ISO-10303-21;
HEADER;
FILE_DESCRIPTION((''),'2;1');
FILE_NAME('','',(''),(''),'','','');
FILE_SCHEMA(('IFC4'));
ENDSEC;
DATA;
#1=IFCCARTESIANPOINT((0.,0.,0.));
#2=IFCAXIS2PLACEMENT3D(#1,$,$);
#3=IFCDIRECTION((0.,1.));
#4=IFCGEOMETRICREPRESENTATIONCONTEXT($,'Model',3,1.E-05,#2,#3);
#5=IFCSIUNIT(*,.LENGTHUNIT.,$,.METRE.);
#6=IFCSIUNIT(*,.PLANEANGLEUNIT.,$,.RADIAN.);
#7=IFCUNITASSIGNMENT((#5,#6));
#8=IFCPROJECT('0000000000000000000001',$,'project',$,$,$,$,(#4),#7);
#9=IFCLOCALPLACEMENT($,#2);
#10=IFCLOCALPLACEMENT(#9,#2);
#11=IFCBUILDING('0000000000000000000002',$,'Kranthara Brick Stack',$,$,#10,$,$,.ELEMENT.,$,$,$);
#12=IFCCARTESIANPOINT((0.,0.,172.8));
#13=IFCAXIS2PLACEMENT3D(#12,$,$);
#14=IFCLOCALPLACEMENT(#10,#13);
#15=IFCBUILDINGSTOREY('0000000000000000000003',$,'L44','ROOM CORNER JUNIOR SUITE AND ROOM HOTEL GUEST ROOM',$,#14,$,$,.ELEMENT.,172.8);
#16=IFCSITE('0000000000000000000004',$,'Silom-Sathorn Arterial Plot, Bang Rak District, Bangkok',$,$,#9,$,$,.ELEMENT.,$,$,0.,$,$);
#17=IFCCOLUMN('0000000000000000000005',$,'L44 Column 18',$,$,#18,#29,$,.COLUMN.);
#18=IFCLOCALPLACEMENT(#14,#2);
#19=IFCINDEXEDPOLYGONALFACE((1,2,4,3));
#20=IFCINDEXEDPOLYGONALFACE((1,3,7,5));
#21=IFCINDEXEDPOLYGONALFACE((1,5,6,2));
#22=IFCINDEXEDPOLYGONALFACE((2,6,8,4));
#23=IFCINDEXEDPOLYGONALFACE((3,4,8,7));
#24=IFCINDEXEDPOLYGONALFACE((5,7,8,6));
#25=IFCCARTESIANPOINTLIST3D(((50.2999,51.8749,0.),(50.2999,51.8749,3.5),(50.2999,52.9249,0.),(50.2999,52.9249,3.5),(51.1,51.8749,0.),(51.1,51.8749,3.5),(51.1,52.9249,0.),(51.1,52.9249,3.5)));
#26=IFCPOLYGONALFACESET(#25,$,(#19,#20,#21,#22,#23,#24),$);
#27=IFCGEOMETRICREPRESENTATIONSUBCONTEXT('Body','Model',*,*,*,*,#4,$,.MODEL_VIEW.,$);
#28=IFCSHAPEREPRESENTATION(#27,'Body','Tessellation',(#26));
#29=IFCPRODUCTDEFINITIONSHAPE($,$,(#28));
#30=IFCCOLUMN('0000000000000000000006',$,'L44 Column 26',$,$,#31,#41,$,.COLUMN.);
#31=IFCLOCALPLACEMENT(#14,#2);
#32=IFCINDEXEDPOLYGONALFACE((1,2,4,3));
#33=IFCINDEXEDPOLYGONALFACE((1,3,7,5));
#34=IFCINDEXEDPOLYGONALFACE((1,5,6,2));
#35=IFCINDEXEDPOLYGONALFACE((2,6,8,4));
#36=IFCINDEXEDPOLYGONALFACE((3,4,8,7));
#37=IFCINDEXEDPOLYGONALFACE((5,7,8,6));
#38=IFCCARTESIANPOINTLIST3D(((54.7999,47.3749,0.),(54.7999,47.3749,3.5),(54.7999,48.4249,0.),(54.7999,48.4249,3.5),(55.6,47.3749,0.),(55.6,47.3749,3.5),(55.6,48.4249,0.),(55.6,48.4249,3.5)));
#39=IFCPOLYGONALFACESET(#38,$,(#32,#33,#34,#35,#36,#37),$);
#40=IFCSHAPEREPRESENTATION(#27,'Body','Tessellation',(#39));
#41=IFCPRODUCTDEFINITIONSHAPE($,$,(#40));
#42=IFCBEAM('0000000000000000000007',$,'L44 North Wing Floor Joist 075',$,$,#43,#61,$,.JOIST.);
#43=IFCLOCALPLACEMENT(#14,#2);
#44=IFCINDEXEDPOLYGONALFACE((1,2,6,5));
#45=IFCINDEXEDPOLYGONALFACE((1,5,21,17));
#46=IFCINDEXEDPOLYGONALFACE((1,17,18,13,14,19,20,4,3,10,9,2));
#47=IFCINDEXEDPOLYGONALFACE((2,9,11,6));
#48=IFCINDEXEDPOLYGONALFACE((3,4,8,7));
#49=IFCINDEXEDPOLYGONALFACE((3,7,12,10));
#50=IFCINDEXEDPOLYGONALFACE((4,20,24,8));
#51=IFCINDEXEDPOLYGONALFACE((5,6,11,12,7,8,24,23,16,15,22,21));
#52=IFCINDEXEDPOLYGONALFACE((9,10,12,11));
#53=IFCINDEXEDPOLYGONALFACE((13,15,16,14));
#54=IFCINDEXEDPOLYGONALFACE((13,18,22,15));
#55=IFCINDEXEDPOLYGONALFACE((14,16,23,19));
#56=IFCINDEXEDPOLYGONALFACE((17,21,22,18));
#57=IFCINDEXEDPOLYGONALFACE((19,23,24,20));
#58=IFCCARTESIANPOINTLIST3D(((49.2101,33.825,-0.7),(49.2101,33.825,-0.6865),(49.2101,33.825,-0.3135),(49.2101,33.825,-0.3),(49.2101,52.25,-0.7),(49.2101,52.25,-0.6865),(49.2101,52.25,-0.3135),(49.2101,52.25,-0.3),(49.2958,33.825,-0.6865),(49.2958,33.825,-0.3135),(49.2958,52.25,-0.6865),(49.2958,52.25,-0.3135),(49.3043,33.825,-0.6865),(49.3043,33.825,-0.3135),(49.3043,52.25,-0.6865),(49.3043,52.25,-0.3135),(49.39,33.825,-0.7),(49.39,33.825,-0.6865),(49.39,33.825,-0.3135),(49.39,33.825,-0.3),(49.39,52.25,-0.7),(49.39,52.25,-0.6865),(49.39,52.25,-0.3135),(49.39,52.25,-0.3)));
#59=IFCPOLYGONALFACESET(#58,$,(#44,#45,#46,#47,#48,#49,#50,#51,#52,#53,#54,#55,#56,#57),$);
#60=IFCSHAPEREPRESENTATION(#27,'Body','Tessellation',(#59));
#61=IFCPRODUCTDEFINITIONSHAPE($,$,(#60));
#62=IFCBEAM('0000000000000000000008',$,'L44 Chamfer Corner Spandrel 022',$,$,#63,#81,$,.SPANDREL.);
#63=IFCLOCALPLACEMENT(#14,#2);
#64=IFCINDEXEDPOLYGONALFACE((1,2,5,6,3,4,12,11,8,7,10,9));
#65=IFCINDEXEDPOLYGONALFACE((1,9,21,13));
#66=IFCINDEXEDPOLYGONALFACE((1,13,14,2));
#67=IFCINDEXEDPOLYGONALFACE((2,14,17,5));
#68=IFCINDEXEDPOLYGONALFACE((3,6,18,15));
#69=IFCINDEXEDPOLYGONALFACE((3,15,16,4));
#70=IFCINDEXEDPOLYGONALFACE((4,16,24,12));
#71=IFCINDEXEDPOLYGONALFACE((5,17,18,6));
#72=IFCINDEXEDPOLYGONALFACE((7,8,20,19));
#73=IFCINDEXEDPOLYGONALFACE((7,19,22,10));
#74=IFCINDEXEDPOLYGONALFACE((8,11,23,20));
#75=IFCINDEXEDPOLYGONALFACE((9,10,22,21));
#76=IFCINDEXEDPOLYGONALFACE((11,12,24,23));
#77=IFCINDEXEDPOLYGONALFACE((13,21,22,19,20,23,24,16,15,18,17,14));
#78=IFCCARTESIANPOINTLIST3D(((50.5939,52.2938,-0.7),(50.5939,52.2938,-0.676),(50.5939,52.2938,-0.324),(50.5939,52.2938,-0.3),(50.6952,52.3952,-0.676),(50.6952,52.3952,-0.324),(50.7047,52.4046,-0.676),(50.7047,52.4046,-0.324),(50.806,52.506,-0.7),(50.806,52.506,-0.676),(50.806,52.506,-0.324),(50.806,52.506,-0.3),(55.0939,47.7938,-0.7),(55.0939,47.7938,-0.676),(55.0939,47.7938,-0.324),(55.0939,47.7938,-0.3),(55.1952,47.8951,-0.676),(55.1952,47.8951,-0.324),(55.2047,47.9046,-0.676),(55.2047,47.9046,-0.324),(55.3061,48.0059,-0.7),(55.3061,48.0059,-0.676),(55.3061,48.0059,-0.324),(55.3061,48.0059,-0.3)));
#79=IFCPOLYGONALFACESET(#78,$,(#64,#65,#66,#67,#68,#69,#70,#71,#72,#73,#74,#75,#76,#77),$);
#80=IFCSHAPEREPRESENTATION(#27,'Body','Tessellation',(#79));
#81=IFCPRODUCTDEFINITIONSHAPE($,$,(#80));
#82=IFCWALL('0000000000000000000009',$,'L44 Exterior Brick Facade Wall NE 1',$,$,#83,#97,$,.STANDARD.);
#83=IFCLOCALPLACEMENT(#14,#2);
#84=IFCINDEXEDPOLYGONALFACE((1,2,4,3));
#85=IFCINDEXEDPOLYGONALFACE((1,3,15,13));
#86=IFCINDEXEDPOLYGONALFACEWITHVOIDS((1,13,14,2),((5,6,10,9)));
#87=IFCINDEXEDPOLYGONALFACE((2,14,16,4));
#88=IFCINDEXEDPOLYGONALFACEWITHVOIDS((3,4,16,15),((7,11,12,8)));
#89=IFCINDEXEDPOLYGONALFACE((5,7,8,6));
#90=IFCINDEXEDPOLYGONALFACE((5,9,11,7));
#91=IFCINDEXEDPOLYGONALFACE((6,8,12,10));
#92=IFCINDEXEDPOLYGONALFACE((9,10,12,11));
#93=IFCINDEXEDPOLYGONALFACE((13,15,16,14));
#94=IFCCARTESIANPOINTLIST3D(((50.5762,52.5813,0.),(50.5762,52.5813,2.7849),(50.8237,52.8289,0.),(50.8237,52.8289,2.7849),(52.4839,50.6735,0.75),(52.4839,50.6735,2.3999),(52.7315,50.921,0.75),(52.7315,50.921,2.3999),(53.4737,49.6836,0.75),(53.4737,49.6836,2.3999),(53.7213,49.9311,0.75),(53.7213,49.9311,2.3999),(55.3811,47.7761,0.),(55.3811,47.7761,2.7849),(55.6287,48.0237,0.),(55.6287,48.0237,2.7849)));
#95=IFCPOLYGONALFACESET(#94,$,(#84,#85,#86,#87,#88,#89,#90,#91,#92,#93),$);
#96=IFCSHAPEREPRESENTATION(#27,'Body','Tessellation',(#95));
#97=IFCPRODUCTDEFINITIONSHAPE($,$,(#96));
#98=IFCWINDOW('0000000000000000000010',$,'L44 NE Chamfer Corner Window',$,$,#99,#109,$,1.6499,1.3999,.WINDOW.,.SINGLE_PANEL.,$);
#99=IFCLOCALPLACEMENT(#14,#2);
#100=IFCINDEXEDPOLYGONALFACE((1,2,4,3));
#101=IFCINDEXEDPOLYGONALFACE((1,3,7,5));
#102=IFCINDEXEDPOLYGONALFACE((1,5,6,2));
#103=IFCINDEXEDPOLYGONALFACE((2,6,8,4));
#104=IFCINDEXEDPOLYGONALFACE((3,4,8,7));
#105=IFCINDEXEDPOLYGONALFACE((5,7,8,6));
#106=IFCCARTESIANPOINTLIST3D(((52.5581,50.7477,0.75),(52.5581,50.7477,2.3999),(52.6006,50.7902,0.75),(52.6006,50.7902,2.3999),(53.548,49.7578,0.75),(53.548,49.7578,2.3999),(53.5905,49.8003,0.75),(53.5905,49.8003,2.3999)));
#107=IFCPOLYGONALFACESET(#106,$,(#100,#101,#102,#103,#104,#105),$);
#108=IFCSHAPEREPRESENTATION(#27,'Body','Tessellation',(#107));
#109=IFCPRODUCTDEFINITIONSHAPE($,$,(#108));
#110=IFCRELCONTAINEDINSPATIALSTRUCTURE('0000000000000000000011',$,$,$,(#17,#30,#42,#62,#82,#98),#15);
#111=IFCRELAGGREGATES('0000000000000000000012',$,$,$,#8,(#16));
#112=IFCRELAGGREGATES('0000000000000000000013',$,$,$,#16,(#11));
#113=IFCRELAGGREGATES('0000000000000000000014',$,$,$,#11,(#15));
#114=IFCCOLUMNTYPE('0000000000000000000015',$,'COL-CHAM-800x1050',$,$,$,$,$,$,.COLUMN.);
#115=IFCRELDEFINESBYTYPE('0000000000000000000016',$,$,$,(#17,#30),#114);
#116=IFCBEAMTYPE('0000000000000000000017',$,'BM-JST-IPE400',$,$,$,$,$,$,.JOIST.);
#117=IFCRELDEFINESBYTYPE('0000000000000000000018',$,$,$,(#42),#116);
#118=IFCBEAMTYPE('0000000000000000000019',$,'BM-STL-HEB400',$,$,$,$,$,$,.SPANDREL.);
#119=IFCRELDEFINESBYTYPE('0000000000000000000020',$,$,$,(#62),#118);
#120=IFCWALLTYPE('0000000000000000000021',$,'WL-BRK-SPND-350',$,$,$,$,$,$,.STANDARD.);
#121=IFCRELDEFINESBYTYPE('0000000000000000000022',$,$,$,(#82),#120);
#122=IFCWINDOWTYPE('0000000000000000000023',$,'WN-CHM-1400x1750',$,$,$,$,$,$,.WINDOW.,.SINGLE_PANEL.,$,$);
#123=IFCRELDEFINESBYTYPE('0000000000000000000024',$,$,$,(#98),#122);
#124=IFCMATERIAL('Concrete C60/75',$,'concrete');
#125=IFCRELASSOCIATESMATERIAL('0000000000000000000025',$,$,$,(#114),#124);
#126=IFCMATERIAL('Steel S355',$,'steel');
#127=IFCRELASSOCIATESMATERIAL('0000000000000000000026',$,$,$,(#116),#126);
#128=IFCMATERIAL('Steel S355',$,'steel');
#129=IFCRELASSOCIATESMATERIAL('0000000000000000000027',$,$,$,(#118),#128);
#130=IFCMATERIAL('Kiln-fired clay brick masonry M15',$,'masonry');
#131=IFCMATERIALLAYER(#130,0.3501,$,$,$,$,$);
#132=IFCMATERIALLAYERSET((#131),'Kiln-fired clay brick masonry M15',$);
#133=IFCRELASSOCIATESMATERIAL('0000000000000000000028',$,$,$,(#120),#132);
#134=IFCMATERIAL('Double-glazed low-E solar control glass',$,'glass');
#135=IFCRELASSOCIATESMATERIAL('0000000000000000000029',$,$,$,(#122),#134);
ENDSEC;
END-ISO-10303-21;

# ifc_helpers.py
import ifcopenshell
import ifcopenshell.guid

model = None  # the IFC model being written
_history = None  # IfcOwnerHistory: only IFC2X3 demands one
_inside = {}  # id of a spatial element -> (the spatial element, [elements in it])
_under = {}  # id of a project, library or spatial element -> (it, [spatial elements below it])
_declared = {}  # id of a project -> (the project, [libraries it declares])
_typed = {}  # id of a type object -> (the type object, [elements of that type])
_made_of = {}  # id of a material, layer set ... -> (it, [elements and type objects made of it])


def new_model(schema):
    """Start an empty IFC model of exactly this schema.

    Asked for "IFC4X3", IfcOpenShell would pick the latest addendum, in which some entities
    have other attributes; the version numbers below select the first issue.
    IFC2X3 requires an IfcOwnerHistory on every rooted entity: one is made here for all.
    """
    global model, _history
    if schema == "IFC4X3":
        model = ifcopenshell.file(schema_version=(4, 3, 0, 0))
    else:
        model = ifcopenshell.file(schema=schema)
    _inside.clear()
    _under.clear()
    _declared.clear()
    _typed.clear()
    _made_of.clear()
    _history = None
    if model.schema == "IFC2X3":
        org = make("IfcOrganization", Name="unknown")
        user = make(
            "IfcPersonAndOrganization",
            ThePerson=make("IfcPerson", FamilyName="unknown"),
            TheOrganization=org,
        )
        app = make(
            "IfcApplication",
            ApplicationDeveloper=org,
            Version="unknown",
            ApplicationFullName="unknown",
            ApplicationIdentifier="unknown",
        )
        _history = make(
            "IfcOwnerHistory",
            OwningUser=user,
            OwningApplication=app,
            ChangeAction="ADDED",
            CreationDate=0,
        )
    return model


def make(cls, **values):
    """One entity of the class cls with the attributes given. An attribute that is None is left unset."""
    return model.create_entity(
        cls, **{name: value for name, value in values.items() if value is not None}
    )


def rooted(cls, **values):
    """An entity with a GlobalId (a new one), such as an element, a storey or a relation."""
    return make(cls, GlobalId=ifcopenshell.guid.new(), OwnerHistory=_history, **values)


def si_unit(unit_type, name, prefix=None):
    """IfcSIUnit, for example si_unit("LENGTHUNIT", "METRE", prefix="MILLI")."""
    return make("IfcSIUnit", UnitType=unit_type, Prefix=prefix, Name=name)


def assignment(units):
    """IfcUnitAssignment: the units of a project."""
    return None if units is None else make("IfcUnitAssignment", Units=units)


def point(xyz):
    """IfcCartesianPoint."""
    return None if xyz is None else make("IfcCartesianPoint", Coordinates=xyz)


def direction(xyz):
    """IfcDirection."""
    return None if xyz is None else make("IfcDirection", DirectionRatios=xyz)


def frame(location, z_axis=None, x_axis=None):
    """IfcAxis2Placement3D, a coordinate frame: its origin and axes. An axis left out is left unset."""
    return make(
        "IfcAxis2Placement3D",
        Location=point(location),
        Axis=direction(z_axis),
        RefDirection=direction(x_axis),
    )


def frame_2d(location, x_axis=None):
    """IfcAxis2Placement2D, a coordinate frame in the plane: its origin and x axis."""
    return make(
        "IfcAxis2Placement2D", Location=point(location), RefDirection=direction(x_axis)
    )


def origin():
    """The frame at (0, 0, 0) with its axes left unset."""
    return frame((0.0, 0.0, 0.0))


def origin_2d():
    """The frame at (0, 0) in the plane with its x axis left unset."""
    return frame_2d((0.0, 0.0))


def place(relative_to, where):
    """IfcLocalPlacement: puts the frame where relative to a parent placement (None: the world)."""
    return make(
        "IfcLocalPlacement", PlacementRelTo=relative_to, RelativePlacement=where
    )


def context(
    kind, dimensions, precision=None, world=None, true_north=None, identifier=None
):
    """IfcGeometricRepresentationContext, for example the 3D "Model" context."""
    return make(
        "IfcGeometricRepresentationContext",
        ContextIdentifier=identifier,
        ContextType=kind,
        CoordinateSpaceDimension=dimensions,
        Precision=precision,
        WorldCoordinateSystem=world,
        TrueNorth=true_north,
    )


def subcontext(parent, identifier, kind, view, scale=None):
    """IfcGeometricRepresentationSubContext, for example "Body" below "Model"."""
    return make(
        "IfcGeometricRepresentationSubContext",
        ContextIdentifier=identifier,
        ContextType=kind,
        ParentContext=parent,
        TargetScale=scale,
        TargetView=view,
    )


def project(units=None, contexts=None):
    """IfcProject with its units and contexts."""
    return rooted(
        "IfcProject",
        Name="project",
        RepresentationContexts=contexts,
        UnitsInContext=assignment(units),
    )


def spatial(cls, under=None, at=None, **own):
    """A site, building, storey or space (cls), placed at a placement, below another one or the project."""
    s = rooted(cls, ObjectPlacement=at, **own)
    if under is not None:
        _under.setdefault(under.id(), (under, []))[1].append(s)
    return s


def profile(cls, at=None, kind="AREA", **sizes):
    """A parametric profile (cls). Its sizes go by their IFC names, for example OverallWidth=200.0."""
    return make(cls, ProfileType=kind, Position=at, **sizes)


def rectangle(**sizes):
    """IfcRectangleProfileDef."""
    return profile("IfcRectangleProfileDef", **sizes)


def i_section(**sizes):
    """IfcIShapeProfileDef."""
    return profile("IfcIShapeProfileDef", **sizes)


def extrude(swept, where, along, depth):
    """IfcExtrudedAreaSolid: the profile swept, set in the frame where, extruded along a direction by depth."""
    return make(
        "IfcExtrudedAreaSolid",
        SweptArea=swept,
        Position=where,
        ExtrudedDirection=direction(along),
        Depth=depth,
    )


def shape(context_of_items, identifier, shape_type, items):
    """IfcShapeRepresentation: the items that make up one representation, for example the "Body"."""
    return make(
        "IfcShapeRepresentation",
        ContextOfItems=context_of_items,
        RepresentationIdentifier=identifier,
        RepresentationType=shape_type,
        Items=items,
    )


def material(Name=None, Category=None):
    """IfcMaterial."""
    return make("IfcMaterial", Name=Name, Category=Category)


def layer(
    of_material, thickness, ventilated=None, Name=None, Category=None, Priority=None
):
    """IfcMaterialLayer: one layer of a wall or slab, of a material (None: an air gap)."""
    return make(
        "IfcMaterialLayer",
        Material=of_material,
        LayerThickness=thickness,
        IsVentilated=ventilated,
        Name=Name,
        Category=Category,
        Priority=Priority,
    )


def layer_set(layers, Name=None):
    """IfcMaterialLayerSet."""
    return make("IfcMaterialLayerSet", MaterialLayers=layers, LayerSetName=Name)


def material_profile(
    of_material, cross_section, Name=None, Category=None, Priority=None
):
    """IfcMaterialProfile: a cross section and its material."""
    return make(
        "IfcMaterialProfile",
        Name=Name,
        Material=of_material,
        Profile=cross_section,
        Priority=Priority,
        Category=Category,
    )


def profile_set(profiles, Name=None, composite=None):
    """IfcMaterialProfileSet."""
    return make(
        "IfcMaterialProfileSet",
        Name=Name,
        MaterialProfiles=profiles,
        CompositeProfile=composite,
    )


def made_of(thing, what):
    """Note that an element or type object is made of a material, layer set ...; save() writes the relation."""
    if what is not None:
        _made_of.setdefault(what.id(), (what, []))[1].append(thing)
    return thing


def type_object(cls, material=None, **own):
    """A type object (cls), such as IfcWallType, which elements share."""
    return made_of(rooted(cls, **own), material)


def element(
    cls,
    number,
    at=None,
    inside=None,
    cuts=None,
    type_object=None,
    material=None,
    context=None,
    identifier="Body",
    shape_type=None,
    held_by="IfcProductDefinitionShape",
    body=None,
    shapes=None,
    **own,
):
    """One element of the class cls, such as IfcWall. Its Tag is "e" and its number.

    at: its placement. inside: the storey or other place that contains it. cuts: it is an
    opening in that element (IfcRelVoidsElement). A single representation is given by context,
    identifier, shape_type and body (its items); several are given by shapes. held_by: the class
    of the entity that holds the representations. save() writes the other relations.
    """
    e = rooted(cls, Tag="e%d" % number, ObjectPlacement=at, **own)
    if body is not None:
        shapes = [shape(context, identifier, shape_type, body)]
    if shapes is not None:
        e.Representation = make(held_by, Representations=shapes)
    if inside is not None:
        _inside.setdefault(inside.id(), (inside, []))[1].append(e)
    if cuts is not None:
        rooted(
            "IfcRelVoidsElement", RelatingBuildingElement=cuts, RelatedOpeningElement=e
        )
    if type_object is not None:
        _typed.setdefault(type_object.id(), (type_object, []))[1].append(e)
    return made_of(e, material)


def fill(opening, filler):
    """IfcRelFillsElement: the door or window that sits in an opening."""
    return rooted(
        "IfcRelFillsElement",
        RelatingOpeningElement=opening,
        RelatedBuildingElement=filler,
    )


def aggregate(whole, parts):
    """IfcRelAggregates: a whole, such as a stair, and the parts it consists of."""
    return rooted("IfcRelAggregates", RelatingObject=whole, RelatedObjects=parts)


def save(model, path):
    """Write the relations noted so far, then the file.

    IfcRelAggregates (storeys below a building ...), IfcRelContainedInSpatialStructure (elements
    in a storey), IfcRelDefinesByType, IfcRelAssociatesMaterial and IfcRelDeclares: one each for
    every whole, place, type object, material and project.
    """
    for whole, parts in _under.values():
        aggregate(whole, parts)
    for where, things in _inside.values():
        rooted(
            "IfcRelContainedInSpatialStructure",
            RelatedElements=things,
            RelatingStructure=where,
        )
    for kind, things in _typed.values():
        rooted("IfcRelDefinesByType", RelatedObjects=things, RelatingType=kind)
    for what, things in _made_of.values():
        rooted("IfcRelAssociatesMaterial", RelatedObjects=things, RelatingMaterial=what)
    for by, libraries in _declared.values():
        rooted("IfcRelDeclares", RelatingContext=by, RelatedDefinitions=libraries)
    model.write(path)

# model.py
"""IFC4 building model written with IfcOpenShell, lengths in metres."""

from ifc_helpers import new_model, si_unit, direction, frame, frame_2d, origin, origin_2d, place, context, subcontext, project, spatial, rectangle, i_section, extrude, material, layer, layer_set, material_profile, profile_set, type_object, element, fill, save


model = new_model("IFC4")

# Units and contexts
model_context = context("Model", 3, precision=1e-05, world=origin(), true_north=direction((0.0, 1.0)))
body_context = subcontext(model_context, "Body", "Model", "MODEL_VIEW")
ifc_project = project(units=[si_unit("LENGTHUNIT", "METRE"), si_unit("PLANEANGLEUNIT", "RADIAN")], contexts=[model_context])

# Site, building, storey
site_placement = place(None, origin())
site = spatial("IfcSite", under=ifc_project, at=site_placement, Name="Silom-Sathorn Arterial Plot, Bang Rak District, Bangkok", CompositionType="ELEMENT", RefElevation=0.0)
building_placement = place(site_placement, origin())
building = spatial("IfcBuilding", under=site, at=building_placement, Name="Kranthara Brick Stack", CompositionType="ELEMENT")
storey_placement = place(building_placement, frame((0.0, 0.0, 172.8)))
storey = spatial("IfcBuildingStorey", under=building, at=storey_placement, Name="L44", Description="ROOM CORNER JUNIOR SUITE AND ROOM HOTEL GUEST ROOM", CompositionType="ELEMENT", Elevation=172.8)

# Columns
ifc_material_1 = material(Name="Concrete C60/75", Category="concrete")
ifc_material_profile_1 = material_profile(ifc_material_1, rectangle(XDim=0.8, YDim=1.05, at=origin_2d()), Name="RC 800x1050")
ifc_profile_set_1 = profile_set([ifc_material_profile_1], Name="Concrete C60/75")
column_type = type_object("IfcColumnType", Name="COL-CHAM-800x1050", PredefinedType="COLUMN", material=ifc_profile_set_1)
for number, where, z_axis, x_axis, name in (
    (1, (50.7, 52.3999, 0.0), (0.0, 0.0, 1.0), (1.0, 0.0, 0.0), "L44 Column 18"),
    (2, (55.2, 47.8999, 0.0), (0.0, 0.0, 1.0), (1.0, 0.0, 0.0), "L44 Column 26"),
):
    element("IfcColumn", number, at=place(storey_placement, frame(where, z_axis=z_axis, x_axis=x_axis)), inside=storey, type_object=column_type, Name=name, PredefinedType="COLUMN", context=body_context, shape_type="SweptSolid", body=[
        extrude(rectangle(XDim=0.8, YDim=1.05, at=origin_2d()), origin(), (0.0, 0.0, 1.0), 3.5),
    ])

# Beams
ifc_material_2 = material(Name="Steel S355", Category="steel")
ifc_material_profile_2 = material_profile(ifc_material_2, i_section(OverallWidth=0.1799, OverallDepth=0.3999, WebThickness=0.0085, FlangeThickness=0.0134, at=origin_2d()), Name="IPE 400")
ifc_profile_set_2 = profile_set([ifc_material_profile_2], Name="Steel S355")
beam_type_1 = type_object("IfcBeamType", Name="BM-JST-IPE400", PredefinedType="JOIST", material=ifc_profile_set_2)
beam_1_placement = place(storey_placement, frame((49.3, 33.825, -0.5), z_axis=(0.0, 1.0, 0.0), x_axis=(-1.0, 0.0, 0.0)))
element("IfcBeam", 3, at=beam_1_placement, inside=storey, type_object=beam_type_1, Name="L44 North Wing Floor Joist 075", PredefinedType="JOIST", context=body_context, shape_type="SweptSolid", body=[
    extrude(i_section(OverallWidth=0.1799, OverallDepth=0.3999, WebThickness=0.0085, FlangeThickness=0.0134, at=origin_2d()), origin(), (0.0, 0.0, 1.0), 18.425),
])
ifc_material_3 = material(Name="Steel S355", Category="steel")
ifc_material_profile_3 = material_profile(ifc_material_3, i_section(OverallWidth=0.3, OverallDepth=0.3999, WebThickness=0.0134, FlangeThickness=0.0239, at=origin_2d()), Name="HEB 400")
ifc_profile_set_3 = profile_set([ifc_material_profile_3], Name="Steel S355")
beam_type_2 = type_object("IfcBeamType", Name="BM-STL-HEB400", PredefinedType="SPANDREL", material=ifc_profile_set_3)
beam_2_placement = place(storey_placement, frame((50.7, 52.3999, -0.5), z_axis=(0.707107, -0.707107, 0.0), x_axis=(0.707107, 0.707107, 0.0)))
element("IfcBeam", 4, at=beam_2_placement, inside=storey, type_object=beam_type_2, Name="L44 Chamfer Corner Spandrel 022", PredefinedType="SPANDREL", context=body_context, shape_type="SweptSolid", body=[
    extrude(i_section(OverallWidth=0.3, OverallDepth=0.3999, WebThickness=0.0134, FlangeThickness=0.0239, at=origin_2d()), origin(), (0.0, 0.0, 1.0), 6.364),
])

# Wall, opening, window
ifc_material_4 = material(Name="Kiln-fired clay brick masonry M15", Category="masonry")
ifc_layer_1 = layer(ifc_material_4, 0.3501)
ifc_layer_set_1 = layer_set([ifc_layer_1], Name="Kiln-fired clay brick masonry M15")
wall_type_1 = type_object("IfcWallType", Name="WL-BRK-SPND-350", PredefinedType="STANDARD", material=ifc_layer_set_1)
wall_1_placement = place(storey_placement, frame((50.7, 52.7051, 0.0), z_axis=(0.0, 0.0, 1.0), x_axis=(0.707089, -0.707125, 0.0)))
wall_1 = element("IfcWall", 5, at=wall_1_placement, inside=storey, type_object=wall_type_1, Name="L44 Exterior Brick Facade Wall NE 1", PredefinedType="STANDARD", context=body_context, shape_type="SweptSolid", body=[
    extrude(rectangle(XDim=6.7954, YDim=0.3501, at=frame_2d((3.3977, 0.0))), origin(), (0.0, 0.0, 1.0), 2.7849),
])
opening_1_placement = place(wall_1_placement, frame((2.698, 0.0, 0.75)))
opening_1 = element("IfcOpeningElement", 6, at=opening_1_placement, cuts=wall_1, PredefinedType="OPENING", context=body_context, shape_type="SweptSolid", body=[
    extrude(rectangle(XDim=1.3999, YDim=1.6499, at=frame_2d((0.7, 0.825))), frame((0.0, 0.1851, 0.0), z_axis=(0.0, -1.0, 0.0), x_axis=(1.0, 0.0, 0.0)), (0.0, 0.0, 1.0), 0.3701),
])
ifc_material_5 = material(Name="Double-glazed low-E solar control glass", Category="glass")
window_type_1 = type_object("IfcWindowType", Name="WN-CHM-1400x1750", PartitioningType="SINGLE_PANEL", PredefinedType="WINDOW", material=ifc_material_5)
window_1_placement = place(opening_1_placement, origin())
window_1 = element("IfcWindow", 7, at=window_1_placement, inside=storey, type_object=window_type_1, Name="L44 NE Chamfer Corner Window", OverallHeight=1.6499, OverallWidth=1.3999, PartitioningType="SINGLE_PANEL", PredefinedType="WINDOW", context=body_context, shape_type="SweptSolid", body=[
    extrude(rectangle(XDim=1.3999, YDim=1.6499, at=frame_2d((0.7, 0.825))), frame((0.0, -0.01, 0.0), z_axis=(0.0, -1.0, 0.0), x_axis=(1.0, 0.0, 0.0)), (0.0, 0.0, 1.0), 0.0601),
])
fill(opening_1, window_1)

save(model, "model.ifc")
